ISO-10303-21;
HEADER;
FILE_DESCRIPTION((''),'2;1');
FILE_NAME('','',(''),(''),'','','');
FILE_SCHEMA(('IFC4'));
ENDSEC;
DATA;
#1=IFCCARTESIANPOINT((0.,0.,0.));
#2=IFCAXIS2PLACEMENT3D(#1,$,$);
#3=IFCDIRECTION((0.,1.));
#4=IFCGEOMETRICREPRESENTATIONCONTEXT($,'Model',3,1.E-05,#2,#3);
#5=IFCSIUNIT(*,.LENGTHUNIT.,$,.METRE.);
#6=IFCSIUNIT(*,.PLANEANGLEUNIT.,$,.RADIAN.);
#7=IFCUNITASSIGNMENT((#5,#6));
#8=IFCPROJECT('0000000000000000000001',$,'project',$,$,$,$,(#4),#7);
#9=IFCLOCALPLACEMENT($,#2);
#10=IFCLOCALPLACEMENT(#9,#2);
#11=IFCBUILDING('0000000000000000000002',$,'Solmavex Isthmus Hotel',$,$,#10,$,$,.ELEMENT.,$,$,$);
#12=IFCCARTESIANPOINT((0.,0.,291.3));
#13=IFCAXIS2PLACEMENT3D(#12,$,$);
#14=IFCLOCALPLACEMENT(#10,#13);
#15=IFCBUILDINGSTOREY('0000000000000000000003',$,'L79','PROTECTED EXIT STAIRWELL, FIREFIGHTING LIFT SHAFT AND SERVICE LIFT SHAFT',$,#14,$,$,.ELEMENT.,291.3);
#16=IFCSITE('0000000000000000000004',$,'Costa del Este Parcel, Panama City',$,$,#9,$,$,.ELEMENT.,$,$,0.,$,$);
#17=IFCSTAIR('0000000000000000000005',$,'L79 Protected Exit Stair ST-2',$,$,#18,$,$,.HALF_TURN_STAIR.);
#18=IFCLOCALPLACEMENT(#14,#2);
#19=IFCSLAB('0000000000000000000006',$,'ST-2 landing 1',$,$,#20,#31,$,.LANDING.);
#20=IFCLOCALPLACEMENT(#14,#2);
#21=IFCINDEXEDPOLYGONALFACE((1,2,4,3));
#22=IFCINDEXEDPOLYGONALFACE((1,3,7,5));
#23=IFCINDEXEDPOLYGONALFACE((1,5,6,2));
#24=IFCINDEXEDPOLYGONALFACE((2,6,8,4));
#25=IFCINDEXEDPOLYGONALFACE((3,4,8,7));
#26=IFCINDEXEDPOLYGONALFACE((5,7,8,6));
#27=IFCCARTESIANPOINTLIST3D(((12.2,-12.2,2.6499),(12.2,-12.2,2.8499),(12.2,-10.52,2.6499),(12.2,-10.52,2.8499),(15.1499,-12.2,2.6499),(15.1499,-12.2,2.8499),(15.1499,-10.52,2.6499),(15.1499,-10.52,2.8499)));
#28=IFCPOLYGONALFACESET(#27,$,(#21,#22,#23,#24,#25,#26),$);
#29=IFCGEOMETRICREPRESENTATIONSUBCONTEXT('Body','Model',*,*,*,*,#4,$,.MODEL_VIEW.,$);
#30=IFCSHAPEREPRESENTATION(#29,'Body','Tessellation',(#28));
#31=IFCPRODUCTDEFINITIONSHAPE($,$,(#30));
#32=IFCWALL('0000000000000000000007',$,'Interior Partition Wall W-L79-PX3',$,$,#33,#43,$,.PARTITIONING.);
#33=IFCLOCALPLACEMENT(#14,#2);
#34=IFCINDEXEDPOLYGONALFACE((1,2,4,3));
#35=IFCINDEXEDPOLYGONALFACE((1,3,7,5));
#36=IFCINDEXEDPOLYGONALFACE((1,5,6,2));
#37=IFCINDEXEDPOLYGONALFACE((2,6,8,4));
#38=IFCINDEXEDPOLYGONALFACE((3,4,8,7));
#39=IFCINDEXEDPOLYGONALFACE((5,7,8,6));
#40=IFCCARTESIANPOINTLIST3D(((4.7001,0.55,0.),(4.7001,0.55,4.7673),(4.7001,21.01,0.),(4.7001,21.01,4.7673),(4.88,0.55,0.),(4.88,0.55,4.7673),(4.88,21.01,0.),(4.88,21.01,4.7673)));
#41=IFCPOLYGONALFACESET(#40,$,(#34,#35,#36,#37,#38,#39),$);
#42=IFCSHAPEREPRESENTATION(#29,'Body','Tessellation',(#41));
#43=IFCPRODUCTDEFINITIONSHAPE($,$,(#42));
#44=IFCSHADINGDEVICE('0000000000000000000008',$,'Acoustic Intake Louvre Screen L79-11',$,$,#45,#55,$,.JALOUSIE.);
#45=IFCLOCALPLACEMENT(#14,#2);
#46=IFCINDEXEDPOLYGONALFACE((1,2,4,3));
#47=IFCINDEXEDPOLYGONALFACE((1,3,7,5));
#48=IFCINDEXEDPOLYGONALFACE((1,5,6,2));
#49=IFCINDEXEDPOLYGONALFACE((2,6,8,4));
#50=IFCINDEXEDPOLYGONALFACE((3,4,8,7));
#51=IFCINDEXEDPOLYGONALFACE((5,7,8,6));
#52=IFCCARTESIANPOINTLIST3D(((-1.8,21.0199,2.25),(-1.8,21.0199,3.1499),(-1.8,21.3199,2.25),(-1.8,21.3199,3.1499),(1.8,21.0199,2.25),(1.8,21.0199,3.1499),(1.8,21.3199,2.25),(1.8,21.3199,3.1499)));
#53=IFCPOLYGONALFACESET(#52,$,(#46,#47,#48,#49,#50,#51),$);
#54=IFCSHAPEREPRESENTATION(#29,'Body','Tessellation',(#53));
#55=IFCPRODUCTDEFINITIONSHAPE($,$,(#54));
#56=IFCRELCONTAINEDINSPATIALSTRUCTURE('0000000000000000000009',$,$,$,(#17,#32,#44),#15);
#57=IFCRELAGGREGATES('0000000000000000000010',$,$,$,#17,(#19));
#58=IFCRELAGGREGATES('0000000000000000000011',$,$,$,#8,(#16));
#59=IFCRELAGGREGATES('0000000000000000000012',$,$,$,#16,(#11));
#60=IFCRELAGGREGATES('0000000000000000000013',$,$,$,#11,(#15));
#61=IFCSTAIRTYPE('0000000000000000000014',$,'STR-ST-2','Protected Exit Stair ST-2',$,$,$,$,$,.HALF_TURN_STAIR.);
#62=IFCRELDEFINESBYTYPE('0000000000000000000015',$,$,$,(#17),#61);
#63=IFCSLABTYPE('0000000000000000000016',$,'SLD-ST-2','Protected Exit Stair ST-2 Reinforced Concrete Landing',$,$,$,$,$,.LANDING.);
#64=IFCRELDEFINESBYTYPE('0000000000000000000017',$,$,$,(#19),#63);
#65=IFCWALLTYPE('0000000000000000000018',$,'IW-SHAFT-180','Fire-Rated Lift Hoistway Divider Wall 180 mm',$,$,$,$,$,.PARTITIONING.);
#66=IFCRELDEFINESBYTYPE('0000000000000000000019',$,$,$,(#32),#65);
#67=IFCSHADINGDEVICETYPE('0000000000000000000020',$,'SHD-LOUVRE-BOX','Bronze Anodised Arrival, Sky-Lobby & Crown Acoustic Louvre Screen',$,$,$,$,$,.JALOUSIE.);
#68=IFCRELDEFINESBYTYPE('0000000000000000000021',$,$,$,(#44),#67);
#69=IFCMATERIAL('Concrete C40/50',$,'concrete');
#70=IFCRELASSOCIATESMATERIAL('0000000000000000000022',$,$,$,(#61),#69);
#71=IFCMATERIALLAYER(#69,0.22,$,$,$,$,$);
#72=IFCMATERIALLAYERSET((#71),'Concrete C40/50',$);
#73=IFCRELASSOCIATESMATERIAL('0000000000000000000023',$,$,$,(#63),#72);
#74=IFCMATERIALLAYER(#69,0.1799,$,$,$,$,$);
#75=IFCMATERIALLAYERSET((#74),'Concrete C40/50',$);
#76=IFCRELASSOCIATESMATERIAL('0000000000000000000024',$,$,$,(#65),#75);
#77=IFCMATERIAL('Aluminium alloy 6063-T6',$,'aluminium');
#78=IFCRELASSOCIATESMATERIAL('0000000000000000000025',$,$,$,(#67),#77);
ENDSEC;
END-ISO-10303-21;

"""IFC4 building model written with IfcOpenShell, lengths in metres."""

from ifc_helpers import new_model, si_unit, direction, frame, frame_2d, origin, origin_2d, place, context, subcontext, project, spatial, polyline, rectangle, outline, extrude, material, layer, layer_set, type_object, element, aggregate, save


model = new_model("IFC4")

# Units and contexts
model_context = context("Model", 3, precision=1e-05, world=origin(), true_north=direction((0.0, 1.0)))
body_context = subcontext(model_context, "Body", "Model", "MODEL_VIEW")
ifc_project = project(units=[si_unit("LENGTHUNIT", "METRE"), si_unit("PLANEANGLEUNIT", "RADIAN")], contexts=[model_context])

# Site, building, storey
site_placement = place(None, origin())
site = spatial("IfcSite", under=ifc_project, at=site_placement, Name="Costa del Este Parcel, Panama City", CompositionType="ELEMENT", RefElevation=0.0)
building_placement = place(site_placement, origin())
building = spatial("IfcBuilding", under=site, at=building_placement, Name="Solmavex Isthmus Hotel", CompositionType="ELEMENT")
storey_placement = place(building_placement, frame((0.0, 0.0, 291.3)))
storey = spatial("IfcBuildingStorey", under=building, at=storey_placement, Name="L79", Description="PROTECTED EXIT STAIRWELL, FIREFIGHTING LIFT SHAFT AND SERVICE LIFT SHAFT", CompositionType="ELEMENT", Elevation=291.3)

# Shared definitions
ifc_material_1 = material(Name="Concrete C40/50", Category="concrete")

# Stair, slab
stair_type_1 = type_object("IfcStairType", Name="STR-ST-2", Description="Protected Exit Stair ST-2", PredefinedType="HALF_TURN_STAIR", material=ifc_material_1)
stair_1_placement = place(storey_placement, origin())
stair_1 = element("IfcStair", 1, at=stair_1_placement, inside=storey, type_object=stair_type_1, Name="L79 Protected Exit Stair ST-2", PredefinedType="HALF_TURN_STAIR")
ifc_layer_1 = layer(ifc_material_1, 0.22)
ifc_layer_set_1 = layer_set([ifc_layer_1], Name="Concrete C40/50")
slab_type_1 = type_object("IfcSlabType", Name="SLD-ST-2", Description="Protected Exit Stair ST-2 Reinforced Concrete Landing", PredefinedType="LANDING", material=ifc_layer_set_1)
slab_1_placement = place(storey_placement, frame((0.0, 0.0, 2.6499)))
slab_1 = element("IfcSlab", 2, at=slab_1_placement, type_object=slab_type_1, Name="ST-2 landing 1", PredefinedType="LANDING", context=body_context, shape_type="SweptSolid", body=[
    extrude(outline(polyline([(12.2, -10.52), (12.2, -12.2), (15.1499, -12.2), (15.1499, -10.52), (12.2, -10.52)])), origin(), (0.0, 0.0, 1.0), 0.2),
])
aggregate(stair_1, [slab_1])

# Wall
ifc_layer_2 = layer(ifc_material_1, 0.1799)
ifc_layer_set_2 = layer_set([ifc_layer_2], Name="Concrete C40/50")
wall_type = type_object("IfcWallType", Name="IW-SHAFT-180", Description="Fire-Rated Lift Hoistway Divider Wall 180 mm", PredefinedType="PARTITIONING", material=ifc_layer_set_2)
wall_placement = place(storey_placement, frame((4.79, 0.55, 0.0), z_axis=(0.0, 0.0, 1.0), x_axis=(0.0, 1.0, 0.0)))
element("IfcWall", 3, at=wall_placement, inside=storey, type_object=wall_type, Name="Interior Partition Wall W-L79-PX3", PredefinedType="PARTITIONING", context=body_context, shape_type="SweptSolid", body=[
    extrude(rectangle(XDim=20.46, YDim=0.1799, at=frame_2d((10.23, 0.0))), origin(), (0.0, 0.0, 1.0), 4.7673),
])

# Shading device
ifc_material_2 = material(Name="Aluminium alloy 6063-T6", Category="aluminium")
shading_device_type = type_object("IfcShadingDeviceType", Name="SHD-LOUVRE-BOX", Description="Bronze Anodised Arrival, Sky-Lobby & Crown Acoustic Louvre Screen", PredefinedType="JALOUSIE", material=ifc_material_2)
shading_device_placement = place(storey_placement, frame((0.0, 21.1699, 2.25), z_axis=(0.0, 0.0, 1.0), x_axis=(1.0, 0.0, 0.0)))
element("IfcShadingDevice", 4, at=shading_device_placement, inside=storey, type_object=shading_device_type, Name="Acoustic Intake Louvre Screen L79-11", PredefinedType="JALOUSIE", context=body_context, shape_type="SweptSolid", body=[
    extrude(rectangle(XDim=3.6001, YDim=0.3, at=origin_2d()), origin(), (0.0, 0.0, 1.0), 0.8999),
])

save(model, "model.ifc")
